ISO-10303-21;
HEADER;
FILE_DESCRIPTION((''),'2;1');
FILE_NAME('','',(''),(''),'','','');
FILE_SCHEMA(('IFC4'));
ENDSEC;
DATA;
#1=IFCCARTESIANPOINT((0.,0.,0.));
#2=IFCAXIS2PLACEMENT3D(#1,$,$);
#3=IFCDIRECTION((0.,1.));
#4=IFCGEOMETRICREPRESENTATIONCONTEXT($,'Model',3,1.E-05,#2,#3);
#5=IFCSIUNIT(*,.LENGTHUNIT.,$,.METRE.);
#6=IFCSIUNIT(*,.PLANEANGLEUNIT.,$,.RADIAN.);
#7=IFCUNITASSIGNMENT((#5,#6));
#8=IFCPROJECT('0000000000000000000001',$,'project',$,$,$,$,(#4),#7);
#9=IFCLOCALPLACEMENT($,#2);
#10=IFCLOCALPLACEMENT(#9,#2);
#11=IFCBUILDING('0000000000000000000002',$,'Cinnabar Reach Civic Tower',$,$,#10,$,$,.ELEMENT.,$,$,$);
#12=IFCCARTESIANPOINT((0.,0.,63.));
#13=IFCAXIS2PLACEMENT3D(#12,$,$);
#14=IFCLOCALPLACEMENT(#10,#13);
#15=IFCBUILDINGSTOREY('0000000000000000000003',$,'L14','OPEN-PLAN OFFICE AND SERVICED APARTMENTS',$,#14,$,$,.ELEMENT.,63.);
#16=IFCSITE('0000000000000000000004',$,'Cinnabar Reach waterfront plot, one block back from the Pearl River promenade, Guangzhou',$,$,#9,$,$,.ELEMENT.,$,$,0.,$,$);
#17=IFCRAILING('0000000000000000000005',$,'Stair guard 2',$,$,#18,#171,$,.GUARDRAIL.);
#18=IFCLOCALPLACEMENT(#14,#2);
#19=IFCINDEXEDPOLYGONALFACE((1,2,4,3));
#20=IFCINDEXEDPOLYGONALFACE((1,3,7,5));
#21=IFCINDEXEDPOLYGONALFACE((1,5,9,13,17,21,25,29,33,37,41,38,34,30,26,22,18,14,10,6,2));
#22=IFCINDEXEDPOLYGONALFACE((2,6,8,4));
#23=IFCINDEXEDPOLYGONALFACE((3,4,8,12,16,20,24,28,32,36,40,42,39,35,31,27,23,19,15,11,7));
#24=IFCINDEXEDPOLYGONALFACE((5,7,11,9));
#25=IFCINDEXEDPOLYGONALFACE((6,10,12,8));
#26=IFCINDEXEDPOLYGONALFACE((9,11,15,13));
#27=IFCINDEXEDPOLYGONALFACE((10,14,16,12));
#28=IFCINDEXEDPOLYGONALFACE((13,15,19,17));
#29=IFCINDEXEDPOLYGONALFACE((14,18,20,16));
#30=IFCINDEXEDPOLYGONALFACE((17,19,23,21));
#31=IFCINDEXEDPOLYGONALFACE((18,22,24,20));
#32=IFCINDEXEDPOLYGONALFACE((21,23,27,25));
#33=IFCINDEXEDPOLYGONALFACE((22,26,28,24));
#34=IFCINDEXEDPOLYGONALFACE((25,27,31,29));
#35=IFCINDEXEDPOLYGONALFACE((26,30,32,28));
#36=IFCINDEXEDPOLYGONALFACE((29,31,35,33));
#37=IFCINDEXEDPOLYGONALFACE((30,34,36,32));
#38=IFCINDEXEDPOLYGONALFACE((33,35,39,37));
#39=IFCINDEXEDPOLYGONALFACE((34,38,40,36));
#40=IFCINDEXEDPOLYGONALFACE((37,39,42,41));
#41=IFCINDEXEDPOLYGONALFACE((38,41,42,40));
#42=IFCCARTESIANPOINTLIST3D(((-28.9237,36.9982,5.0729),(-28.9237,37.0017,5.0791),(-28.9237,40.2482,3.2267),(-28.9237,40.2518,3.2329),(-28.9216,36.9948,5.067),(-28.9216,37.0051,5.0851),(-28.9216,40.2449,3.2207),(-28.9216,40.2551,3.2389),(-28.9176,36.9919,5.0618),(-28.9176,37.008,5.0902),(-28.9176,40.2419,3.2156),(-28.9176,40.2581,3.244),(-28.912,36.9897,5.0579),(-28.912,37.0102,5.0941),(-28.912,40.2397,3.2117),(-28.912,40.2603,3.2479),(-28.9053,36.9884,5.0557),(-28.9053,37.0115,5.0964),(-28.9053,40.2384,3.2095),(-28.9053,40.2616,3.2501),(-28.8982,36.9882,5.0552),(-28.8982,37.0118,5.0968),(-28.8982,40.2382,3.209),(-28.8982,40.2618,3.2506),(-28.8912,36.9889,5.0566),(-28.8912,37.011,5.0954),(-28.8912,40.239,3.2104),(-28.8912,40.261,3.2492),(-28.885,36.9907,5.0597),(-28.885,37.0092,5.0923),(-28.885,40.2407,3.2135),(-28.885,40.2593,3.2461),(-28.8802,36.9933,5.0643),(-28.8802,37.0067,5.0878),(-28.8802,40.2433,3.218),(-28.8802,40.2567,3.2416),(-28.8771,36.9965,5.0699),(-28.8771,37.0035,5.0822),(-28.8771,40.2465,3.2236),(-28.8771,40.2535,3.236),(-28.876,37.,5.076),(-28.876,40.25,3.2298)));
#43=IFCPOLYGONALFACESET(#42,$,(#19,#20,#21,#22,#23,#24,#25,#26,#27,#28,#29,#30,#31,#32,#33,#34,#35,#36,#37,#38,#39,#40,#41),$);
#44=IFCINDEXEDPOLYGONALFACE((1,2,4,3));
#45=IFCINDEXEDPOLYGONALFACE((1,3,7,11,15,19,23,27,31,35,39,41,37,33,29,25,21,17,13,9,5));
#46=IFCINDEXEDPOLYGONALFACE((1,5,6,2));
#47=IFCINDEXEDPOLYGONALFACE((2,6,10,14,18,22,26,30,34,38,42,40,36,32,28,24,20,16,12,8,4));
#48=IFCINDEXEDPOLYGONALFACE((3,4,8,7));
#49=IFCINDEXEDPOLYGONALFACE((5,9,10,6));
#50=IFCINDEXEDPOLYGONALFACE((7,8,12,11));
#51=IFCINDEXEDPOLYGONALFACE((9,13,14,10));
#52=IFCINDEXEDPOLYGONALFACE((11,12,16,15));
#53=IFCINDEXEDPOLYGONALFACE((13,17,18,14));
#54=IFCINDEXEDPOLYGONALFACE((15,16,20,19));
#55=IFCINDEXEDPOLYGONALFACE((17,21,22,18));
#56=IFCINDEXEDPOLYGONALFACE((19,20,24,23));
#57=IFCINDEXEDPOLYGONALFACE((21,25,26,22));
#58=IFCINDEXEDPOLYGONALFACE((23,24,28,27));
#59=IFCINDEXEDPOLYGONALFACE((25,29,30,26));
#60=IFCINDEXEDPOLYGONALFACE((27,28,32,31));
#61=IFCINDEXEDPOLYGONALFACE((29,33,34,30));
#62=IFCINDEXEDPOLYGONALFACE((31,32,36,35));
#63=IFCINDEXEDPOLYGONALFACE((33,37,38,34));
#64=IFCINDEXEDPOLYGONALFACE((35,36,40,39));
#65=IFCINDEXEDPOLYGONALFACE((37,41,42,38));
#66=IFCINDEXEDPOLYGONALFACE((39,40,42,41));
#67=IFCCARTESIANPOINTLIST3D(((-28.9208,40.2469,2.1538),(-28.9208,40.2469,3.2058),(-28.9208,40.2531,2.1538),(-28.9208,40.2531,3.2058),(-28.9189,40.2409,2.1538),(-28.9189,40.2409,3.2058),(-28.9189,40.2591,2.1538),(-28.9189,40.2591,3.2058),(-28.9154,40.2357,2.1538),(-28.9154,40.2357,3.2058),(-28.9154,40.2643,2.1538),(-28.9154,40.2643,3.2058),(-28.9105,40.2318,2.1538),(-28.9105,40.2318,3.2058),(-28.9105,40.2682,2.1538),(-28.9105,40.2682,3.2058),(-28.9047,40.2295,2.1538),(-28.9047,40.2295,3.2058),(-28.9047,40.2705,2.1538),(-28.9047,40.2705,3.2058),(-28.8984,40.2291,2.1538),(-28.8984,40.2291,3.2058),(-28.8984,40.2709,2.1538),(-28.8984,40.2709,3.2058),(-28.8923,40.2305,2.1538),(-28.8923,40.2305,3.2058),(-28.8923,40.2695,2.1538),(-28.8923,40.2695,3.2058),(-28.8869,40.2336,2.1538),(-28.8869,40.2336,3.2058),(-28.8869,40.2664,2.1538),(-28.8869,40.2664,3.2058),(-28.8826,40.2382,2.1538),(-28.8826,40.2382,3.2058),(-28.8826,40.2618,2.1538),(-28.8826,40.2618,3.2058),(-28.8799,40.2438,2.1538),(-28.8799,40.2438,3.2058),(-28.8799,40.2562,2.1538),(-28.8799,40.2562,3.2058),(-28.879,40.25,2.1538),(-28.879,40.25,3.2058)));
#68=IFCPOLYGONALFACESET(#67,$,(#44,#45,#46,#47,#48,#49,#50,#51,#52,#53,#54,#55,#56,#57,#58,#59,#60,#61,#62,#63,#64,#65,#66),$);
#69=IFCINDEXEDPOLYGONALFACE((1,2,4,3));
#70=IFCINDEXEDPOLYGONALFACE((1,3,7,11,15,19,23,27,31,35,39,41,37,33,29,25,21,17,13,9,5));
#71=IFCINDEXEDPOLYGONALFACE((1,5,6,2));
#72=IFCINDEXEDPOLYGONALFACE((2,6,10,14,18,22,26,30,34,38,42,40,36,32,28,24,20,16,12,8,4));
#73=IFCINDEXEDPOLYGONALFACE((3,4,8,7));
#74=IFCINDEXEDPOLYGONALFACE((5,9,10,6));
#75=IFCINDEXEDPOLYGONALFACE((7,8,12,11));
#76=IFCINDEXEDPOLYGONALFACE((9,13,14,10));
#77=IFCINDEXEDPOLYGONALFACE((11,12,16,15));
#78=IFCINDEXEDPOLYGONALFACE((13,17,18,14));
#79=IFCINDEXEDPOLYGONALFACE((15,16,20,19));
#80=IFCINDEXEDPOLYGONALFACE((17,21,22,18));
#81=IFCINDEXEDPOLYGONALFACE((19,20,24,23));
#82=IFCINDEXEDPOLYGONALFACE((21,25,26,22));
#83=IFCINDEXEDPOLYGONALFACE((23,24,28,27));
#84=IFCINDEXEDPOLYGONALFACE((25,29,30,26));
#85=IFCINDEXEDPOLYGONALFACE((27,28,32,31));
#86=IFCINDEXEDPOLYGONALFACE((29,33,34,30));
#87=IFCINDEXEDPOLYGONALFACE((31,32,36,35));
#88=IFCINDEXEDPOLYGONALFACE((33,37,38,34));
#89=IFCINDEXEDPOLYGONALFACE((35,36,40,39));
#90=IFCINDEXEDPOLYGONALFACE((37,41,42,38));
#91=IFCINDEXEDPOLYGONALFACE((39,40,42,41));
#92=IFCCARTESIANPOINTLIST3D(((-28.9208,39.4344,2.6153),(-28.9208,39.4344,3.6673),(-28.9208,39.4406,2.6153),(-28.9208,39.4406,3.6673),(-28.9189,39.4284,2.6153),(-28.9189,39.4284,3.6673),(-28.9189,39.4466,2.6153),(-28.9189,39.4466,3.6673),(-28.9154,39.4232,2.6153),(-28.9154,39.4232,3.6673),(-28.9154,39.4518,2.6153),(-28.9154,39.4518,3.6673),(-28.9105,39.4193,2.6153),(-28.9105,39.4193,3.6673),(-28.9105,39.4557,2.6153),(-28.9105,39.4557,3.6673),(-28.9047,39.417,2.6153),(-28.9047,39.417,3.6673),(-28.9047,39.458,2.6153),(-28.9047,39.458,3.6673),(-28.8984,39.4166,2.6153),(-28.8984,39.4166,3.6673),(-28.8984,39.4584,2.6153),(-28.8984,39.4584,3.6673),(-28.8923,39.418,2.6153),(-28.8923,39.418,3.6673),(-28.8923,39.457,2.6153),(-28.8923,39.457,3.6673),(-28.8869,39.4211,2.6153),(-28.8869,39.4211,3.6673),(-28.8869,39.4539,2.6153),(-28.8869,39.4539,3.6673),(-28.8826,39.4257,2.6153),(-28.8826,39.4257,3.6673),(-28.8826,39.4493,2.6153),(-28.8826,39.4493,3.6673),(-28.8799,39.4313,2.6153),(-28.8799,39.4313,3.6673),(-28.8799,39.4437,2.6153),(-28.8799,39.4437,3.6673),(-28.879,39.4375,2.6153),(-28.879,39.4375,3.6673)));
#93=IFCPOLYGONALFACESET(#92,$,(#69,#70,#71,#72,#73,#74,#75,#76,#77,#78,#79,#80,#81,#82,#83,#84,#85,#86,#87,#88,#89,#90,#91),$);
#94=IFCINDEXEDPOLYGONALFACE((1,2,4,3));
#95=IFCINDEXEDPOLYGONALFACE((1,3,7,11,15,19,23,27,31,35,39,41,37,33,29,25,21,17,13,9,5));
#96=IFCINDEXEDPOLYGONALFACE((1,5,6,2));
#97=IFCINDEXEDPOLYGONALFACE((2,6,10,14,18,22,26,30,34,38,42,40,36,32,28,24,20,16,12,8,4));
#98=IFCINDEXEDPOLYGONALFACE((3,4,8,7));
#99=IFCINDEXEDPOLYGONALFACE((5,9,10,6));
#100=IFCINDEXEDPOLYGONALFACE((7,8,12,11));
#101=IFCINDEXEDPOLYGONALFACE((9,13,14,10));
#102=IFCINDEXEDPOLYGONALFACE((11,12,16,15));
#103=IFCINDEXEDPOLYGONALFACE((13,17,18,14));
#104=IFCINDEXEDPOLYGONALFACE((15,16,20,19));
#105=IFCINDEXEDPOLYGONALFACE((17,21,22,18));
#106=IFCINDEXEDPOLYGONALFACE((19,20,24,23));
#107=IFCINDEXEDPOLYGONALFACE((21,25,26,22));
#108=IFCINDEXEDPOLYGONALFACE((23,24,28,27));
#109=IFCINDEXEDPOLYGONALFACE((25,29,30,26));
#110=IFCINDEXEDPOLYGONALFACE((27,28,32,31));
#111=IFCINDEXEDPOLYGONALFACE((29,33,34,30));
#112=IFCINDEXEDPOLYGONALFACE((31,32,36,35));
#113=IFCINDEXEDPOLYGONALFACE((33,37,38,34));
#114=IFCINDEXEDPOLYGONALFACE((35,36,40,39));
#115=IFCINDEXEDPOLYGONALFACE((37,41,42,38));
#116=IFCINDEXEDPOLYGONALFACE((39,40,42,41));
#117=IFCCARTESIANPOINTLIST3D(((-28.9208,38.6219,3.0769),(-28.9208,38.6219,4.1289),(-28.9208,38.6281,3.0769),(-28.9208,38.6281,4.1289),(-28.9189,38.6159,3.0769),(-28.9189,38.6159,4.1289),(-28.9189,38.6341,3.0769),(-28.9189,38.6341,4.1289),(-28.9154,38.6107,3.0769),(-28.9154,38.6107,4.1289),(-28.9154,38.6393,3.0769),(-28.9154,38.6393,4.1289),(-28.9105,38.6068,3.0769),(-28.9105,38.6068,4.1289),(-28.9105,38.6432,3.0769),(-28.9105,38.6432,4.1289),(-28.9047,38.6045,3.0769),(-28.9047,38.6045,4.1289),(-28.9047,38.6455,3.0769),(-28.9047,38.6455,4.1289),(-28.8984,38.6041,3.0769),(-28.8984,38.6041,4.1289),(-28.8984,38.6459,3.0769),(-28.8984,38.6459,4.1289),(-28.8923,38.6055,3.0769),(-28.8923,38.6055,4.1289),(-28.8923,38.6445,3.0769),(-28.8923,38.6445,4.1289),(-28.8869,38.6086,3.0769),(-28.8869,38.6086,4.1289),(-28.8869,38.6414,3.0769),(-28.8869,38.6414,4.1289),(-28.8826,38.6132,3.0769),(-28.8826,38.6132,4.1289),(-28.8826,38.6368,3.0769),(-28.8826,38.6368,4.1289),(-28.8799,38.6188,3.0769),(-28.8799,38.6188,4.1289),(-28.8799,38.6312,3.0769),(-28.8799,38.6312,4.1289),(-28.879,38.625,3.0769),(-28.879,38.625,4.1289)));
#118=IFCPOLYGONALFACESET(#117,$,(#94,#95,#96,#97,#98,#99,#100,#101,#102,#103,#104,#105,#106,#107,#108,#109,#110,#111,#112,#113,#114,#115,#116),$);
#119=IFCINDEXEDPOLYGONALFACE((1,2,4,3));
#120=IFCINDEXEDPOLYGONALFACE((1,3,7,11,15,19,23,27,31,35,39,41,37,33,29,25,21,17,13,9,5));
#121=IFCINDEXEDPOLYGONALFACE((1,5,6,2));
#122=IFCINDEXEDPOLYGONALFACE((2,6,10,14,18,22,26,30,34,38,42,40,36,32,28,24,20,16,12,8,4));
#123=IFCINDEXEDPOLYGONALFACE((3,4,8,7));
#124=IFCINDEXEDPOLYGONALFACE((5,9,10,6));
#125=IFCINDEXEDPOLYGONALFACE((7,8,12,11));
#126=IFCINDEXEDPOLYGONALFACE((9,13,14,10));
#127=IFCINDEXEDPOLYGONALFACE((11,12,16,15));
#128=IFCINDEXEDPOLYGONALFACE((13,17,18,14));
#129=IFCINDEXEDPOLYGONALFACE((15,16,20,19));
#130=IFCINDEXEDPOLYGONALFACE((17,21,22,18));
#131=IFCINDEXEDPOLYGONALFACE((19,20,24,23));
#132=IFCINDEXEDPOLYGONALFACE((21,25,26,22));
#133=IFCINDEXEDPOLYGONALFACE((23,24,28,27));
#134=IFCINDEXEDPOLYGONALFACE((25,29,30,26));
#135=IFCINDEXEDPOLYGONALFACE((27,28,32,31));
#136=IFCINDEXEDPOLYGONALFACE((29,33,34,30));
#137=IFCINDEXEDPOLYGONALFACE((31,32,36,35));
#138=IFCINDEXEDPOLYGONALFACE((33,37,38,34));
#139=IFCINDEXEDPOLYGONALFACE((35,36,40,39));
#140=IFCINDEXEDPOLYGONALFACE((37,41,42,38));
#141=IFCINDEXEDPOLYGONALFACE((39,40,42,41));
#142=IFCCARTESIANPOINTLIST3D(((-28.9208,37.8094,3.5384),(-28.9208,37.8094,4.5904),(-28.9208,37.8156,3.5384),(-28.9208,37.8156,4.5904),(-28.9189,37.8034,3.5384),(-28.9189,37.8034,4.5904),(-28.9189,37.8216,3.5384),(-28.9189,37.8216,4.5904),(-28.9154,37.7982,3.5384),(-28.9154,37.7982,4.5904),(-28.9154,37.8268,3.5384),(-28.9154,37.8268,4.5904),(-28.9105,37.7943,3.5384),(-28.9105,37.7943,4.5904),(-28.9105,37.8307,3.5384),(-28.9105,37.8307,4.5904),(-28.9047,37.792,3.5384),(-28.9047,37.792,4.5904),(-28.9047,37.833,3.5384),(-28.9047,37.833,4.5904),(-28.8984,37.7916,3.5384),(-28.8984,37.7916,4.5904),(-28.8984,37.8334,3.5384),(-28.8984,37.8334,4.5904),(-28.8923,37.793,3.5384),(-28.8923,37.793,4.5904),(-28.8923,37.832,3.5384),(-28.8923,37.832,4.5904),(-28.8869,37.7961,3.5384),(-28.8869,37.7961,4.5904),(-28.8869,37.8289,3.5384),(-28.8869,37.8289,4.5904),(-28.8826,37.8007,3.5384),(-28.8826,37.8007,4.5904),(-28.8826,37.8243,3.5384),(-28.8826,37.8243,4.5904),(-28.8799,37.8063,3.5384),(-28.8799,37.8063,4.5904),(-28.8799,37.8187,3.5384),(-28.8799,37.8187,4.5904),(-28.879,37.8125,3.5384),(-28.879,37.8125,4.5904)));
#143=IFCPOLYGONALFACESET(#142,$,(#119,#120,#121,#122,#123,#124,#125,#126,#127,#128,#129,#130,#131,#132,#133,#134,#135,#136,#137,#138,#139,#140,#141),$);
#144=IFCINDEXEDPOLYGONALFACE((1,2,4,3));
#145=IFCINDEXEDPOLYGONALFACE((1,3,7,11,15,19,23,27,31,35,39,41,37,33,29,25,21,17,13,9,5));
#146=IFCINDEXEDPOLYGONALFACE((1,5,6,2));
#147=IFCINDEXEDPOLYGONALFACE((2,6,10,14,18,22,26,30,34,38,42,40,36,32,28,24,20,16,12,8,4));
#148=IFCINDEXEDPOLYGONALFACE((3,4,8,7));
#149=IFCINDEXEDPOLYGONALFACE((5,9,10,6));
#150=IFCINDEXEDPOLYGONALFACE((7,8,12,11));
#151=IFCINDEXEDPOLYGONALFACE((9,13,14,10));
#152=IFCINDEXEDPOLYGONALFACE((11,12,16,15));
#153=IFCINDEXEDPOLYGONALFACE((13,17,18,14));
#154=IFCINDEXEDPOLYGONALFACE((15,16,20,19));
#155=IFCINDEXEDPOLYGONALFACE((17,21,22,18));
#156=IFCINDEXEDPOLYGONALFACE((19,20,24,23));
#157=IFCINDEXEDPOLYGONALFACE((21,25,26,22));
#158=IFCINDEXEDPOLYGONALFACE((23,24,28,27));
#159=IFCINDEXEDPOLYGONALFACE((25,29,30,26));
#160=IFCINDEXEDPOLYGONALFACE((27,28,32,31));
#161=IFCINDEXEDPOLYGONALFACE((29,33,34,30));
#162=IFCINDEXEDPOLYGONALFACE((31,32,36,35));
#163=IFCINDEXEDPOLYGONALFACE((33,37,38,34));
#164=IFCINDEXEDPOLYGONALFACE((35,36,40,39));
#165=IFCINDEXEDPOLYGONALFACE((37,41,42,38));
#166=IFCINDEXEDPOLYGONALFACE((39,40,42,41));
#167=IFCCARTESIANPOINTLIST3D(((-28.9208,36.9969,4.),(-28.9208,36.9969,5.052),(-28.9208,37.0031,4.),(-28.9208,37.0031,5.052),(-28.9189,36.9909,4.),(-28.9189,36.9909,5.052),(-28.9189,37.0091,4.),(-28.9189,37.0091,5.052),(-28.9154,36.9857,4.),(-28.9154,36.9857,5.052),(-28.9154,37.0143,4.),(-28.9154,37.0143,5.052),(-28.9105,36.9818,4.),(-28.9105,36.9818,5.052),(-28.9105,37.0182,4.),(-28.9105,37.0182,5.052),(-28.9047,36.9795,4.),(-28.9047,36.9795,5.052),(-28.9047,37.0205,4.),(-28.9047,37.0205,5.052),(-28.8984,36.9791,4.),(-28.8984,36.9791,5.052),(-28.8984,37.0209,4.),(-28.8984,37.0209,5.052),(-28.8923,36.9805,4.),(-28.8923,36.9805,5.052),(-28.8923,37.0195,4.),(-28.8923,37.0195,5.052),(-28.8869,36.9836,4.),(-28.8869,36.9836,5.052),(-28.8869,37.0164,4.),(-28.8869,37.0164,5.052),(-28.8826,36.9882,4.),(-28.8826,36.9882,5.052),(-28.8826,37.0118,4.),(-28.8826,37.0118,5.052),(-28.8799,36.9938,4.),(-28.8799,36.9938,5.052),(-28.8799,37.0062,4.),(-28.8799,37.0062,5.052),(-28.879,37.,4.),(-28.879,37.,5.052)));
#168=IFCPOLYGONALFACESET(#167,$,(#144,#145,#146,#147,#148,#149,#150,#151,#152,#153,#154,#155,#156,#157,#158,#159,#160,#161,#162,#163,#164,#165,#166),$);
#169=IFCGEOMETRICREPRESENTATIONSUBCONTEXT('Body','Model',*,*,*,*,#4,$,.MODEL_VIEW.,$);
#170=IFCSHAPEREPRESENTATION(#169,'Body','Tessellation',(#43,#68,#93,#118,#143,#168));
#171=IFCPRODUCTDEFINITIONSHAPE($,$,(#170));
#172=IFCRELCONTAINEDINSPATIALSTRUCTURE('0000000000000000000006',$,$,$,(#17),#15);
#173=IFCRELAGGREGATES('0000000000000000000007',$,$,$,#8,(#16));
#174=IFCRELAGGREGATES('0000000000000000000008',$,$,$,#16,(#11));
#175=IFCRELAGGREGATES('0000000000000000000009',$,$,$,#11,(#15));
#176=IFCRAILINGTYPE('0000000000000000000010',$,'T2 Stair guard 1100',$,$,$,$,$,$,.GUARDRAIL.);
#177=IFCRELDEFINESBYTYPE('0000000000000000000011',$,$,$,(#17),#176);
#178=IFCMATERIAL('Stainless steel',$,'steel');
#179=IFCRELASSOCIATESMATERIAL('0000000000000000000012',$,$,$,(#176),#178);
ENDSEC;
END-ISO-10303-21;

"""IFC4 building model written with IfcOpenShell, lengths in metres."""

from ifc_helpers import new_model, si_unit, direction, frame, origin, origin_2d, place, context, subcontext, project, spatial, circle, extrude, material, type_object, element, save


model = new_model("IFC4")

# Units and contexts
model_context = context("Model", 3, precision=1e-05, world=origin(), true_north=direction((0.0, 1.0)))
body_context = subcontext(model_context, "Body", "Model", "MODEL_VIEW")
ifc_project = project(units=[si_unit("LENGTHUNIT", "METRE"), si_unit("PLANEANGLEUNIT", "RADIAN")], contexts=[model_context])

# Site, building, storey
site_placement = place(None, origin())
site = spatial("IfcSite", under=ifc_project, at=site_placement, Name="Cinnabar Reach waterfront plot, one block back from the Pearl River promenade, Guangzhou", CompositionType="ELEMENT", RefElevation=0.0)
building_placement = place(site_placement, origin())
building = spatial("IfcBuilding", under=site, at=building_placement, Name="Cinnabar Reach Civic Tower", CompositionType="ELEMENT")
storey_placement = place(building_placement, frame((0.0, 0.0, 63.0)))
storey = spatial("IfcBuildingStorey", under=building, at=storey_placement, Name="L14", Description="OPEN-PLAN OFFICE AND SERVICED APARTMENTS", CompositionType="ELEMENT", Elevation=63.0)

# Railing
ifc_material_1 = material(Name="Stainless steel", Category="steel")
railing_type_1 = type_object("IfcRailingType", Name="T2 Stair guard 1100", PredefinedType="GUARDRAIL", material=ifc_material_1)
railing_1_placement = place(storey_placement, frame((-28.9, 40.25, 2.1538)))
element("IfcRailing", 1, at=railing_1_placement, inside=storey, type_object=railing_type_1, Name="Stair guard 2", PredefinedType="GUARDRAIL", context=body_context, shape_type="SweptSolid", body=[
    extrude(circle(Radius=0.024, at=origin_2d()), frame((0.0, 0.0, 1.076), z_axis=(0.0, -0.869501, 0.49393), x_axis=(1.0, 0.0, 0.0)), (0.0, 0.0, 1.0), 3.7378),
    extrude(circle(Radius=0.021, at=origin_2d()), origin(), (0.0, 0.0, 1.0), 1.052),
    extrude(circle(Radius=0.021, at=origin_2d()), frame((0.0, -0.8125, 0.4615)), (0.0, 0.0, 1.0), 1.052),
    extrude(circle(Radius=0.021, at=origin_2d()), frame((0.0, -1.625, 0.9231)), (0.0, 0.0, 1.0), 1.052),
    extrude(circle(Radius=0.021, at=origin_2d()), frame((0.0, -2.4375, 1.3846)), (0.0, 0.0, 1.0), 1.052),
    extrude(circle(Radius=0.021, at=origin_2d()), frame((0.0, -3.25, 1.8462)), (0.0, 0.0, 1.0), 1.052),
])

save(model, "model.ifc")
